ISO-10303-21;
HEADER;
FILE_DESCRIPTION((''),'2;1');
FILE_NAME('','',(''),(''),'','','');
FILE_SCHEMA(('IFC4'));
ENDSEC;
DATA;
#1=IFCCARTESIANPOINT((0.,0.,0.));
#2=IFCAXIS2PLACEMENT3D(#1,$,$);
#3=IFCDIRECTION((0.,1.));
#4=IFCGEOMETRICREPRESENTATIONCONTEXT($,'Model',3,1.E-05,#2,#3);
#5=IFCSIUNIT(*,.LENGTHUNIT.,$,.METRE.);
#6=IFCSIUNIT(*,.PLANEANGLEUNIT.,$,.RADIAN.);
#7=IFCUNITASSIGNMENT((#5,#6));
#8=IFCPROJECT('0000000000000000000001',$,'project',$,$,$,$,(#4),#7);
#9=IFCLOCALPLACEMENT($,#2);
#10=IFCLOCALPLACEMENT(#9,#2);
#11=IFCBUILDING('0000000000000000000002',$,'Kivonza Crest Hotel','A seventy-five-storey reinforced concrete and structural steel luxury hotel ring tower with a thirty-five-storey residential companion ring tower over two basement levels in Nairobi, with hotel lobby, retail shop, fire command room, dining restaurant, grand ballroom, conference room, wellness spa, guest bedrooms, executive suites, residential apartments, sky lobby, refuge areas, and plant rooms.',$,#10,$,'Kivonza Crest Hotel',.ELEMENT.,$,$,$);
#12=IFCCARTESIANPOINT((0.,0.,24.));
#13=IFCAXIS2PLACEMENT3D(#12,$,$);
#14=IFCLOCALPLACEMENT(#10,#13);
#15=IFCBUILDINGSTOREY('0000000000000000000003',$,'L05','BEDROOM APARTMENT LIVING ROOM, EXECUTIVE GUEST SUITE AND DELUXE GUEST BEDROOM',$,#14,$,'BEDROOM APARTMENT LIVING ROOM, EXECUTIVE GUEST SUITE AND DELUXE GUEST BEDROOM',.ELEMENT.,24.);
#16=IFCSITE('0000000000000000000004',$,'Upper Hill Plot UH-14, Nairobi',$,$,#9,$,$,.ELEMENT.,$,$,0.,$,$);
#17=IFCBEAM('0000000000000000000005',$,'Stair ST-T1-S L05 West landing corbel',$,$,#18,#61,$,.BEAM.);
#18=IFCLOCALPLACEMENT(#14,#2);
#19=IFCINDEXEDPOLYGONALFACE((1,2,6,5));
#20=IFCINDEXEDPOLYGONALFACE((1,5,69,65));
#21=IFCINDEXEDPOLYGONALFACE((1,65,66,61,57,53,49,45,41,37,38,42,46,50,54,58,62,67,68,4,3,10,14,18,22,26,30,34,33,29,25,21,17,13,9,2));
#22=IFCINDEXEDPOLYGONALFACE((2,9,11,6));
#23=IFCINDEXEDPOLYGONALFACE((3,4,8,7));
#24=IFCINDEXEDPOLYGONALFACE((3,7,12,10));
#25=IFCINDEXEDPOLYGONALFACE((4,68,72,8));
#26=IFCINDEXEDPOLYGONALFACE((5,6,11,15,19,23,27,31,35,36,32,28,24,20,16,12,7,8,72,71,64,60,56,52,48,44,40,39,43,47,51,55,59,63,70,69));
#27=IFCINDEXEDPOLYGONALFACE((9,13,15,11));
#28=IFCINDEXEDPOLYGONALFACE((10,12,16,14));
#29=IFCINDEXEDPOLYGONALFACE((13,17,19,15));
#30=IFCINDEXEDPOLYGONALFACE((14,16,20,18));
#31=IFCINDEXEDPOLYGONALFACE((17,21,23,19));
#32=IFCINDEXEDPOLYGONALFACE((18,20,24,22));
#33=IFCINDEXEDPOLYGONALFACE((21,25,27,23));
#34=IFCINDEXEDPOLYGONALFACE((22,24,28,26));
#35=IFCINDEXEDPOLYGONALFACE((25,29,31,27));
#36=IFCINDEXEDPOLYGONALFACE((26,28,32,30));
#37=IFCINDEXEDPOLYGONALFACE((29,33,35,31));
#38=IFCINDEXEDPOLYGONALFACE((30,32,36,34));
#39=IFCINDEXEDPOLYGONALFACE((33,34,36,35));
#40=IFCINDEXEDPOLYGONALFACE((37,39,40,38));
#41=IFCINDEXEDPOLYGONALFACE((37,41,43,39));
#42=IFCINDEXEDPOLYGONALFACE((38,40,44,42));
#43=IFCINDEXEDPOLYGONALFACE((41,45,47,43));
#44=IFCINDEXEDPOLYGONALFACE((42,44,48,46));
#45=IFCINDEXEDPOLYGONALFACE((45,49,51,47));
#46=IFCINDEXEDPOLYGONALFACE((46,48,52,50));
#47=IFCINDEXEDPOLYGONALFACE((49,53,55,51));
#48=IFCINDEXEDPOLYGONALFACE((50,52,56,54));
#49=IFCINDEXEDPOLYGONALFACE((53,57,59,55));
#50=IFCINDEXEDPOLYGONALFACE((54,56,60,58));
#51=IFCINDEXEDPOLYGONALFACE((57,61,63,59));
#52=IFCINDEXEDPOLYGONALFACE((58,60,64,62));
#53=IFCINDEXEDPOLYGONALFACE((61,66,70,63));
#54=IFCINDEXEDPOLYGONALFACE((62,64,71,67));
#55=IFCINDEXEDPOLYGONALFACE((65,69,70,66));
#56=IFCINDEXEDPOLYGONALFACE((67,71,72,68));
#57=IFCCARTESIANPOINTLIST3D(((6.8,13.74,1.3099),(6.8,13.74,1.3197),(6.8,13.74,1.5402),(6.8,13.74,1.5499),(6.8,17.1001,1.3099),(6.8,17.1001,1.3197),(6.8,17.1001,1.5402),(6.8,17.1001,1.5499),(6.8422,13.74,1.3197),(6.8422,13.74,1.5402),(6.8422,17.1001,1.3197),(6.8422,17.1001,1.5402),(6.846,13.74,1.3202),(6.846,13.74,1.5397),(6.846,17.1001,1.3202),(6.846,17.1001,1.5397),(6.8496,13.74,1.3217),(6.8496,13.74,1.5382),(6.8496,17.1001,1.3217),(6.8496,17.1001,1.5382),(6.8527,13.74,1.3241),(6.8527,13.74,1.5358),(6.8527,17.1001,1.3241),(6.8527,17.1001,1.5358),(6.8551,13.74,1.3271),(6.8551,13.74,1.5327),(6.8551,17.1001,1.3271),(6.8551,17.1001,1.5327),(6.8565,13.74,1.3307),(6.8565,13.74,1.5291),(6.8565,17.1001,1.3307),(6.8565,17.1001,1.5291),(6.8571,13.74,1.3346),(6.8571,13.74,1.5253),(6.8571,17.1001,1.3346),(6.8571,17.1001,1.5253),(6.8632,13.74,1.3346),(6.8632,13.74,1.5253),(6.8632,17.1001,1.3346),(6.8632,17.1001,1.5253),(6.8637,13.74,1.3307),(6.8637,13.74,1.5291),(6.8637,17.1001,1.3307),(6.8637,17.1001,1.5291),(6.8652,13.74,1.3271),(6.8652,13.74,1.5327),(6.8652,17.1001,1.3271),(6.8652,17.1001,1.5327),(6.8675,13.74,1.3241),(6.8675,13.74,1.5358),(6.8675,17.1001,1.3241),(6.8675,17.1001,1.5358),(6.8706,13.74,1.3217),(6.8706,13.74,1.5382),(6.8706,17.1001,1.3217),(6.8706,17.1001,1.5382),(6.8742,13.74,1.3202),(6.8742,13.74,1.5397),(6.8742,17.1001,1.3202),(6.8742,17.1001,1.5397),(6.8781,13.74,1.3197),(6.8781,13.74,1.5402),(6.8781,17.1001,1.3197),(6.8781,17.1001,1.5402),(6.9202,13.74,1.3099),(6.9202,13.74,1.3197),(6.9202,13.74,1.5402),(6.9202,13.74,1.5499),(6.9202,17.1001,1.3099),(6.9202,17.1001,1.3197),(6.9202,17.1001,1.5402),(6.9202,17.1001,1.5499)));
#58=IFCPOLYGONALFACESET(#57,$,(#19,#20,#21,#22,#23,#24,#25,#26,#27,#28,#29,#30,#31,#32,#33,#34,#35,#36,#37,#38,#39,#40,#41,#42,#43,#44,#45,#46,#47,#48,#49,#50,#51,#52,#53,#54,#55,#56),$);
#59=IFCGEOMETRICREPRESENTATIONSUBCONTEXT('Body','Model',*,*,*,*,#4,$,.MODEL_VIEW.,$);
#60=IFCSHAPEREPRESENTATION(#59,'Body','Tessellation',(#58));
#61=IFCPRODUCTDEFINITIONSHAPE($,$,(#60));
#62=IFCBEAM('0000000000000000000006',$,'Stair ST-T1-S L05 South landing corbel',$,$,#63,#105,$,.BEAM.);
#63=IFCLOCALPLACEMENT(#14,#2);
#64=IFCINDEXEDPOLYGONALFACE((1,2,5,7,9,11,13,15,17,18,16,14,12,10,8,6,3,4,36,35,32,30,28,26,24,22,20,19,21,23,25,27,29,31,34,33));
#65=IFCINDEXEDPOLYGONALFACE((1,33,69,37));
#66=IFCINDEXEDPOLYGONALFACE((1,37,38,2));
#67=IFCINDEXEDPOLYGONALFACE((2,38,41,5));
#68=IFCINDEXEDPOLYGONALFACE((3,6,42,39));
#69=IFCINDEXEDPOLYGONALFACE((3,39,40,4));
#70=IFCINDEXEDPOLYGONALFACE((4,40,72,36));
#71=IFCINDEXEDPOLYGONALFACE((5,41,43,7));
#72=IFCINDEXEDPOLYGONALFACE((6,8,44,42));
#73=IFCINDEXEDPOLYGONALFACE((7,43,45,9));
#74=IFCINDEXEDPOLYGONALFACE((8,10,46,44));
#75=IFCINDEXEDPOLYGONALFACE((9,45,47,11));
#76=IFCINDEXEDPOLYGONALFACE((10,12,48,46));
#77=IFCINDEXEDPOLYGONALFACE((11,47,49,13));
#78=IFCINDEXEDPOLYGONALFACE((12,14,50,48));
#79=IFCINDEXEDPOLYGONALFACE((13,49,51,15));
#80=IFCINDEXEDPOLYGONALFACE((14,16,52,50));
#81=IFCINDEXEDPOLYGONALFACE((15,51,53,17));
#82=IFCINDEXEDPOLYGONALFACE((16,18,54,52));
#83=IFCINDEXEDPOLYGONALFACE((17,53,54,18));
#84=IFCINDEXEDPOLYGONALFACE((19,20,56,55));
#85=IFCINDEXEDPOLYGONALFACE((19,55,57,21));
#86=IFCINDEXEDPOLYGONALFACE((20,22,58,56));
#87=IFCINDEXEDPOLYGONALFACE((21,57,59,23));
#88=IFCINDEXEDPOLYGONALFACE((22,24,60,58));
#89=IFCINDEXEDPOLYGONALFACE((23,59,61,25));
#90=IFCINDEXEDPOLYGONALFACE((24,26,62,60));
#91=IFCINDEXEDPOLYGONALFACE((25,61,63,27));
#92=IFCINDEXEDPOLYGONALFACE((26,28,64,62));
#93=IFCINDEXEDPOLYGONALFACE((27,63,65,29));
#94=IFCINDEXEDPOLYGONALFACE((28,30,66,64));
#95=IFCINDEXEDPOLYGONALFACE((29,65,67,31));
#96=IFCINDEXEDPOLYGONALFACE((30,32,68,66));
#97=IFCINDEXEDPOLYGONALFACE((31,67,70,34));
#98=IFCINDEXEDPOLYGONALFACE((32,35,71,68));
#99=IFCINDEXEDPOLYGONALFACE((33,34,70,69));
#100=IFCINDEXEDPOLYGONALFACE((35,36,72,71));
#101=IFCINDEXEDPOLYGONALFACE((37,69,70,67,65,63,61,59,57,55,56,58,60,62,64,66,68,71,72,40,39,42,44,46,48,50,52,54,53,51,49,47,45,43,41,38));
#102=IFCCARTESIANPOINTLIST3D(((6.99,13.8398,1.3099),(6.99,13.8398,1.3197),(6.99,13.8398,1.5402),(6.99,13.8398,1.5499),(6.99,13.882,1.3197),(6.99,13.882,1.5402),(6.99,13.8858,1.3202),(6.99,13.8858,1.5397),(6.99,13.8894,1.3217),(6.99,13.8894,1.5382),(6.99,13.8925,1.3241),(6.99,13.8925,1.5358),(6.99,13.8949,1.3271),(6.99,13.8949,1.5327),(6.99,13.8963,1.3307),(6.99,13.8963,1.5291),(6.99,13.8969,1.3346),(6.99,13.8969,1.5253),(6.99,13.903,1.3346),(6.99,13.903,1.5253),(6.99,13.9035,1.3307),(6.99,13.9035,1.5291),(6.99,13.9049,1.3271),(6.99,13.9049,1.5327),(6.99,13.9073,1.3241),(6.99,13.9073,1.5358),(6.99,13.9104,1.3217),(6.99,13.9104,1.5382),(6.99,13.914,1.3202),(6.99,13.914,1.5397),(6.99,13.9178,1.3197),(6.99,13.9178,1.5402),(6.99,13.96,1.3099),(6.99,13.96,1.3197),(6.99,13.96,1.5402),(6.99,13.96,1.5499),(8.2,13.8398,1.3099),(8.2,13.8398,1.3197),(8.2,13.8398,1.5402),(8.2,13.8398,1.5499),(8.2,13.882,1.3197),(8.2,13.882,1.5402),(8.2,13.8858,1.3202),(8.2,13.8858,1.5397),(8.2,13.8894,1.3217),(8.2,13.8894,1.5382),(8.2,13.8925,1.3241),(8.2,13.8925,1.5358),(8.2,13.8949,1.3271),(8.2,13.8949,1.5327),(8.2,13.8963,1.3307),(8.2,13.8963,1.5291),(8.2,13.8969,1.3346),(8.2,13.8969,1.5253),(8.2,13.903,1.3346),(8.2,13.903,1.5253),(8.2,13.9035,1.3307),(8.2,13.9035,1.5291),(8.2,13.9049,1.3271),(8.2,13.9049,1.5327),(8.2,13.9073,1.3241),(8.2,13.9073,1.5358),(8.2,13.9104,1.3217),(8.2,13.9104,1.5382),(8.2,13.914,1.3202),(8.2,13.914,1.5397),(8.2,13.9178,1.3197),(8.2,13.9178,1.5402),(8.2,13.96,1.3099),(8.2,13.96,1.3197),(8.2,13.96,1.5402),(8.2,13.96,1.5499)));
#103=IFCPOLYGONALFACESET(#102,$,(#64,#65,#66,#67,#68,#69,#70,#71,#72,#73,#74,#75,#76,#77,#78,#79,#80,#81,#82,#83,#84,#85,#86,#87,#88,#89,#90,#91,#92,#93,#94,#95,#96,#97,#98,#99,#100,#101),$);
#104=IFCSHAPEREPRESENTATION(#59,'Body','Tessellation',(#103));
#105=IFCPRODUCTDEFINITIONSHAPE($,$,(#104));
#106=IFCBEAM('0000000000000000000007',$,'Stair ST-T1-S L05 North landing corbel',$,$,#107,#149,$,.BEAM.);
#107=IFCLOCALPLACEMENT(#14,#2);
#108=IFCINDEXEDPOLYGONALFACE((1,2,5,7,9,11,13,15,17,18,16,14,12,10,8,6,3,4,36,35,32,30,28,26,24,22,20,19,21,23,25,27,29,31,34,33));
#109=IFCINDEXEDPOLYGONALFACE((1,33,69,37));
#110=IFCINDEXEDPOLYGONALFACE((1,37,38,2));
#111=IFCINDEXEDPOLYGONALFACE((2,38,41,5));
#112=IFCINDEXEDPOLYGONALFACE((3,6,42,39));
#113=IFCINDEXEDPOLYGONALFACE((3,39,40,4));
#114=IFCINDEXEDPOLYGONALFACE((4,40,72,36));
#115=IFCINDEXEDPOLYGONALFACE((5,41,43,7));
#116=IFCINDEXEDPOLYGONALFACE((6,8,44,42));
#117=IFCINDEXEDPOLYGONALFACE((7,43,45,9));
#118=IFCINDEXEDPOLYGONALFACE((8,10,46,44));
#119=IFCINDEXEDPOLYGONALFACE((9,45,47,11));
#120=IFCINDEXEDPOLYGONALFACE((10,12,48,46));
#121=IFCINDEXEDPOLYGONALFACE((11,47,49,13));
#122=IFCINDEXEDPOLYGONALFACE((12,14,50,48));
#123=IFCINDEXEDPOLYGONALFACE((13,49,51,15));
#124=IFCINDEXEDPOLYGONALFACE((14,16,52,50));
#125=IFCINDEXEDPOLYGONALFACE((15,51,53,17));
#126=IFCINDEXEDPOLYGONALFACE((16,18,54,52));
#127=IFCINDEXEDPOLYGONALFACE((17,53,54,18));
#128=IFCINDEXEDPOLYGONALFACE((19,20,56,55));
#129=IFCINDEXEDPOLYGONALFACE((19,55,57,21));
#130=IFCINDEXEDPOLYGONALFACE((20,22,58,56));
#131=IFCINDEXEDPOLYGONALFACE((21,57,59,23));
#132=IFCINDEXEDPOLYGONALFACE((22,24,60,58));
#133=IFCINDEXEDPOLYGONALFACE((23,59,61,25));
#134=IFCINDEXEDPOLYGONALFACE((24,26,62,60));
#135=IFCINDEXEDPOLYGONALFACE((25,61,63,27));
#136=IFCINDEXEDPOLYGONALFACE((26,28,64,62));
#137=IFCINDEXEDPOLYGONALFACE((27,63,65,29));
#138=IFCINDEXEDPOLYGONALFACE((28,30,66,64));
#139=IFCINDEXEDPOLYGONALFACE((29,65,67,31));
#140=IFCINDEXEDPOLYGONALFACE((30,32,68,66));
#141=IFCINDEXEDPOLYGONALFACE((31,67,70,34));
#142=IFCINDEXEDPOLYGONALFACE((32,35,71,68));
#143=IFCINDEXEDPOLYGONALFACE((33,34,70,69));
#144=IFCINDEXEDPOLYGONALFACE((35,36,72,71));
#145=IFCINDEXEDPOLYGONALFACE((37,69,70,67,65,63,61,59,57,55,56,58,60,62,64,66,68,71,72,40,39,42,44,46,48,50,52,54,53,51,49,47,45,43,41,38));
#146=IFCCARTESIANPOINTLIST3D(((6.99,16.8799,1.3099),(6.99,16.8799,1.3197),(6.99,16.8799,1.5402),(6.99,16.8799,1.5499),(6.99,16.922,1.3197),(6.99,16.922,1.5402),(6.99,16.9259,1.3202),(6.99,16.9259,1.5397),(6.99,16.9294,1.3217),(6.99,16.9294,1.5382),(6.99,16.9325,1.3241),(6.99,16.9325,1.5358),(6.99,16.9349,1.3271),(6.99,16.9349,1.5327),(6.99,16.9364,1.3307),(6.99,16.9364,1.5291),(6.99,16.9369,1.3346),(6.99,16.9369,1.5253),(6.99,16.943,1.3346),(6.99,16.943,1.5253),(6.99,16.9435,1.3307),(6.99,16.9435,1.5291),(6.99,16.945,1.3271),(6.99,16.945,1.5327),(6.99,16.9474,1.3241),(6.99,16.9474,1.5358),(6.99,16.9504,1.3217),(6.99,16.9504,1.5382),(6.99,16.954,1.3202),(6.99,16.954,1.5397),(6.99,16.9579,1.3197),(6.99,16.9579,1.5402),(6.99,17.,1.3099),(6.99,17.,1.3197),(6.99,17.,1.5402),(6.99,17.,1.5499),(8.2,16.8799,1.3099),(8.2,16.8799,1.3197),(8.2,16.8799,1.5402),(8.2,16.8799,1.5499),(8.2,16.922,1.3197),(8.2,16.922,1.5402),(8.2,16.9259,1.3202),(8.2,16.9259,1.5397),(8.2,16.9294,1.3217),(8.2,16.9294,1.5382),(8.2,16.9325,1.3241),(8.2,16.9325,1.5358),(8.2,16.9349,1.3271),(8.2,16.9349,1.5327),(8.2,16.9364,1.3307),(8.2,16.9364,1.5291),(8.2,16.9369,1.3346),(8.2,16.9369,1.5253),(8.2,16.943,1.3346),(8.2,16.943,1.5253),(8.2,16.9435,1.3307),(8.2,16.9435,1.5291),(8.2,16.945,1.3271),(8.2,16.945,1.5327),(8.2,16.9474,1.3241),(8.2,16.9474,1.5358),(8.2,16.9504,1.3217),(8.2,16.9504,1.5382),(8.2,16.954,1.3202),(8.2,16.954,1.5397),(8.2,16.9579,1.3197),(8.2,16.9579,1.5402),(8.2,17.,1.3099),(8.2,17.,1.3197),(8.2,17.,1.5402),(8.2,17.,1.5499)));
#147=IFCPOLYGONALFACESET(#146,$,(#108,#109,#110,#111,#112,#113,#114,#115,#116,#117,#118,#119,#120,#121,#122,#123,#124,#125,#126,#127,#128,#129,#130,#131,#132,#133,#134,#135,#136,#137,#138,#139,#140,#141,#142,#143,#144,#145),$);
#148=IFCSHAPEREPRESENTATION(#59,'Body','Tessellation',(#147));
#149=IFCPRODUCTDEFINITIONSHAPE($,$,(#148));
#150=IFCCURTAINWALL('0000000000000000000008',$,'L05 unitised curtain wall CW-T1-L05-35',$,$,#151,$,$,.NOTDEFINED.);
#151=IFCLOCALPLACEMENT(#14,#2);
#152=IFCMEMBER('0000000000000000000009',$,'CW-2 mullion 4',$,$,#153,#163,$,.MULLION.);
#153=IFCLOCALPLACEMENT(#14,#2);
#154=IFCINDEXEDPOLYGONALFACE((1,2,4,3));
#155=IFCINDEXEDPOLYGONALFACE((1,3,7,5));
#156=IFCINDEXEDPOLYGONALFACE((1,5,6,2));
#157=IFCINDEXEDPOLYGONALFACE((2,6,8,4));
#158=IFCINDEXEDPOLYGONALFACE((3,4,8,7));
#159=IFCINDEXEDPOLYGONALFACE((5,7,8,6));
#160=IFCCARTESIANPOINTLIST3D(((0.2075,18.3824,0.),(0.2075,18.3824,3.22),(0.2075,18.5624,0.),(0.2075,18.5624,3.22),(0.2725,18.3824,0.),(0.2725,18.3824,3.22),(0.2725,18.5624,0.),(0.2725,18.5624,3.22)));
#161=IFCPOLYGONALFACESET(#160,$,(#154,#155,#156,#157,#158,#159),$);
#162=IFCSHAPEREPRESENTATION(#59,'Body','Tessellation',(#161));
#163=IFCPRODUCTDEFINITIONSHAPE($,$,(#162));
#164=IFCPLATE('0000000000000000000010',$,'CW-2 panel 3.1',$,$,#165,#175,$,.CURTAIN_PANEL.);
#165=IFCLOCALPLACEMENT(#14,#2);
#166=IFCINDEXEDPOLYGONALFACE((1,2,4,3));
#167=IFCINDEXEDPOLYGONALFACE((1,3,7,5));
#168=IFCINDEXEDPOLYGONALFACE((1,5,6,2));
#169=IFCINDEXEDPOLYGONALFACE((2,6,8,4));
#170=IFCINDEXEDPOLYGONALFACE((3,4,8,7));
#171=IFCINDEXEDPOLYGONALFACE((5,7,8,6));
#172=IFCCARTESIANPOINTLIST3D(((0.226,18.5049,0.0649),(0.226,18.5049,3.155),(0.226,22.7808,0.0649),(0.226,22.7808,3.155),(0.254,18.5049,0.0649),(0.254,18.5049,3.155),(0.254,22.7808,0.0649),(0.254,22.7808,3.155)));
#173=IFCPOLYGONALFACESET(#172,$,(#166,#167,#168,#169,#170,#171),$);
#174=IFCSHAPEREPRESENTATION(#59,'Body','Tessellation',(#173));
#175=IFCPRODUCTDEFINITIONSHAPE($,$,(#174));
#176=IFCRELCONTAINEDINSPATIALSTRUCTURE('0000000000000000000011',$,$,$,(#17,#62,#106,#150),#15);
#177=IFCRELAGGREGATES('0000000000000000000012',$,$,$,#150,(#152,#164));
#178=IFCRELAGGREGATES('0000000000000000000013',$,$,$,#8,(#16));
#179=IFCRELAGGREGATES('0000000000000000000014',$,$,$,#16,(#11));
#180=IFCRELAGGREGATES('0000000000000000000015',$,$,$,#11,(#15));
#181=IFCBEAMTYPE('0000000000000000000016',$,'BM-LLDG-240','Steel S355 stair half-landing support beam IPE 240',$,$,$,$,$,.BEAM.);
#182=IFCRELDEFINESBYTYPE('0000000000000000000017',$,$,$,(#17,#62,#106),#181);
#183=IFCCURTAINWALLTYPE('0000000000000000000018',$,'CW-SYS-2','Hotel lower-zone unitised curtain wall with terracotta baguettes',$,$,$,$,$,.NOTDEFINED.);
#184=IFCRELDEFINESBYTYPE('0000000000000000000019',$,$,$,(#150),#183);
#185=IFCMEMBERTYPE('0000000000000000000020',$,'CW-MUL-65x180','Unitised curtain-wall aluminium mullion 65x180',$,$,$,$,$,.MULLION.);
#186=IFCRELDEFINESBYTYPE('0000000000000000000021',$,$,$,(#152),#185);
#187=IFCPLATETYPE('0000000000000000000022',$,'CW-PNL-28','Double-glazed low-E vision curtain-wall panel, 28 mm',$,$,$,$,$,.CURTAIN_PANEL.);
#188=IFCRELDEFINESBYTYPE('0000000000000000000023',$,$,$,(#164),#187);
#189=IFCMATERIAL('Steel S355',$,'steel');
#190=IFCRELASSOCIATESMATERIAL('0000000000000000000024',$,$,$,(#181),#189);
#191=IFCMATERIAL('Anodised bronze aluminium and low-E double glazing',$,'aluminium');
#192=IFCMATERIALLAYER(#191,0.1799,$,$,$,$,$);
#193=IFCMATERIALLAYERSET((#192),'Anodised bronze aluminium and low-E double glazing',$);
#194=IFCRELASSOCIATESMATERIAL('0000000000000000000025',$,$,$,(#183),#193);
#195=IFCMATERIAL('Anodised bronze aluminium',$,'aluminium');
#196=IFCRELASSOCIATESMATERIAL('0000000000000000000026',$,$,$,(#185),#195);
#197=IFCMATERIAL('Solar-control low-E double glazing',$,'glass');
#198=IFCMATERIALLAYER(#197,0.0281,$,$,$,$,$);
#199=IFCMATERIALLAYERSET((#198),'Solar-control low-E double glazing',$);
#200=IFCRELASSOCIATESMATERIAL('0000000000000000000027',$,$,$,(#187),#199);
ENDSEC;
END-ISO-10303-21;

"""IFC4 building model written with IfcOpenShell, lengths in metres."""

from ifc_helpers import new_model, si_unit, direction, frame, origin, origin_2d, place, context, subcontext, project, spatial, rectangle, i_section, extrude, material, layer, layer_set, material_profile, profile_set, type_object, element, aggregate, save


model = new_model("IFC4")

# Units and contexts
model_context = context("Model", 3, precision=1e-05, world=origin(), true_north=direction((0.0, 1.0)))
body_context = subcontext(model_context, "Body", "Model", "MODEL_VIEW")
ifc_project = project(units=[si_unit("LENGTHUNIT", "METRE"), si_unit("PLANEANGLEUNIT", "RADIAN")], contexts=[model_context])

# Site, building, storey
site_placement = place(None, origin())
site = spatial("IfcSite", under=ifc_project, at=site_placement, Name="Upper Hill Plot UH-14, Nairobi", CompositionType="ELEMENT", RefElevation=0.0)
building_placement = place(site_placement, origin())
building = spatial("IfcBuilding", under=site, at=building_placement, Name="Kivonza Crest Hotel", Description="A seventy-five-storey reinforced concrete and structural steel luxury hotel ring tower with a thirty-five-storey residential companion ring tower over two basement levels in Nairobi, with hotel lobby, retail shop, fire command room, dining restaurant, grand ballroom, conference room, wellness spa, guest bedrooms, executive suites, residential apartments, sky lobby, refuge areas, and plant rooms.", LongName="Kivonza Crest Hotel", CompositionType="ELEMENT")
storey_placement = place(building_placement, frame((0.0, 0.0, 24.0)))
storey = spatial("IfcBuildingStorey", under=building, at=storey_placement, Name="L05", Description="BEDROOM APARTMENT LIVING ROOM, EXECUTIVE GUEST SUITE AND DELUXE GUEST BEDROOM", LongName="BEDROOM APARTMENT LIVING ROOM, EXECUTIVE GUEST SUITE AND DELUXE GUEST BEDROOM", CompositionType="ELEMENT", Elevation=24.0)

# Beams
ifc_material_1 = material(Name="Steel S355", Category="steel")
ifc_material_profile_1 = material_profile(ifc_material_1, i_section(OverallWidth=0.1201, OverallDepth=0.24, WebThickness=0.0061, FlangeThickness=0.0098, FilletRadius=0.0149, at=origin_2d()), Name="IPE 240")
ifc_profile_set_1 = profile_set([ifc_material_profile_1], Name="Steel S355")
beam_type_1 = type_object("IfcBeamType", Name="BM-LLDG-240", Description="Steel S355 stair half-landing support beam IPE 240", PredefinedType="BEAM", material=ifc_profile_set_1)
beam_1_placement = place(storey_placement, frame((6.8601, 13.74, 1.4299), z_axis=(0.0, 1.0, 0.0), x_axis=(-1.0, 0.0, 0.0)))
element("IfcBeam", 1, at=beam_1_placement, inside=storey, type_object=beam_type_1, Name="Stair ST-T1-S L05 West landing corbel", PredefinedType="BEAM", context=body_context, shape_type="SweptSolid", body=[
    extrude(i_section(OverallWidth=0.1201, OverallDepth=0.24, WebThickness=0.0061, FlangeThickness=0.0098, FilletRadius=0.0149, at=origin_2d()), origin(), (0.0, 0.0, 1.0), 3.3601),
])
for number, where, z_axis, x_axis, name in (
    (2, (6.99, 13.8999, 1.4299), (1.0, 0.0, 0.0), (0.0, 1.0, 0.0), "Stair ST-T1-S L05 South landing corbel"),
    (3, (6.99, 16.9399, 1.4299), (1.0, 0.0, 0.0), (0.0, 1.0, 0.0), "Stair ST-T1-S L05 North landing corbel"),
):
    element("IfcBeam", number, at=place(storey_placement, frame(where, z_axis=z_axis, x_axis=x_axis)), inside=storey, type_object=beam_type_1, Name=name, PredefinedType="BEAM", context=body_context, shape_type="SweptSolid", body=[
        extrude(i_section(OverallWidth=0.1201, OverallDepth=0.24, WebThickness=0.0061, FlangeThickness=0.0098, FilletRadius=0.0149, at=origin_2d()), origin(), (0.0, 0.0, 1.0), 1.21),
    ])

# Curtain wall, member, plate
ifc_material_2 = material(Name="Anodised bronze aluminium and low-E double glazing", Category="aluminium")
ifc_layer_1 = layer(ifc_material_2, 0.1799)
ifc_layer_set_1 = layer_set([ifc_layer_1], Name="Anodised bronze aluminium and low-E double glazing")
curtain_wall_type = type_object("IfcCurtainWallType", Name="CW-SYS-2", Description="Hotel lower-zone unitised curtain wall with terracotta baguettes", PredefinedType="NOTDEFINED", material=ifc_layer_set_1)
curtain_wall_placement = place(storey_placement, origin())
curtain_wall = element("IfcCurtainWall", 4, at=curtain_wall_placement, inside=storey, type_object=curtain_wall_type, Name="L05 unitised curtain wall CW-T1-L05-35", PredefinedType="NOTDEFINED")
ifc_material_3 = material(Name="Anodised bronze aluminium", Category="aluminium")
ifc_material_profile_2 = material_profile(ifc_material_3, rectangle(XDim=0.0649, YDim=0.1799, at=origin_2d()), Name="CW-M 65x180")
ifc_profile_set_2 = profile_set([ifc_material_profile_2], Name="Anodised bronze aluminium")
member_type = type_object("IfcMemberType", Name="CW-MUL-65x180", Description="Unitised curtain-wall aluminium mullion 65x180", PredefinedType="MULLION", material=ifc_profile_set_2)
member_placement = place(storey_placement, frame((0.24, 18.4724, 0.0), z_axis=(0.0, 0.0, 1.0), x_axis=(1.0, 0.0, 0.0)))
member = element("IfcMember", 5, at=member_placement, type_object=member_type, Name="CW-2 mullion 4", PredefinedType="MULLION", context=body_context, shape_type="SweptSolid", body=[
    extrude(rectangle(XDim=0.0649, YDim=0.1799, at=origin_2d()), origin(), (0.0, 0.0, 1.0), 3.22),
])
ifc_material_4 = material(Name="Solar-control low-E double glazing", Category="glass")
ifc_layer_2 = layer(ifc_material_4, 0.0281)
ifc_layer_set_2 = layer_set([ifc_layer_2], Name="Solar-control low-E double glazing")
plate_type = type_object("IfcPlateType", Name="CW-PNL-28", Description="Double-glazed low-E vision curtain-wall panel, 28 mm", PredefinedType="CURTAIN_PANEL", material=ifc_layer_set_2)
plate_placement = place(storey_placement, frame((0.24, 20.6428, 0.0649), z_axis=(0.0, 0.0, 1.0), x_axis=(0.0, -1.0, 0.0)))
plate = element("IfcPlate", 6, at=plate_placement, type_object=plate_type, Name="CW-2 panel 3.1", PredefinedType="CURTAIN_PANEL", context=body_context, shape_type="SweptSolid", body=[
    extrude(rectangle(XDim=4.2759, YDim=0.0281, at=origin_2d()), origin(), (0.0, 0.0, 1.0), 3.0901),
])
aggregate(curtain_wall, [member, plate])

save(model, "model.ifc")
